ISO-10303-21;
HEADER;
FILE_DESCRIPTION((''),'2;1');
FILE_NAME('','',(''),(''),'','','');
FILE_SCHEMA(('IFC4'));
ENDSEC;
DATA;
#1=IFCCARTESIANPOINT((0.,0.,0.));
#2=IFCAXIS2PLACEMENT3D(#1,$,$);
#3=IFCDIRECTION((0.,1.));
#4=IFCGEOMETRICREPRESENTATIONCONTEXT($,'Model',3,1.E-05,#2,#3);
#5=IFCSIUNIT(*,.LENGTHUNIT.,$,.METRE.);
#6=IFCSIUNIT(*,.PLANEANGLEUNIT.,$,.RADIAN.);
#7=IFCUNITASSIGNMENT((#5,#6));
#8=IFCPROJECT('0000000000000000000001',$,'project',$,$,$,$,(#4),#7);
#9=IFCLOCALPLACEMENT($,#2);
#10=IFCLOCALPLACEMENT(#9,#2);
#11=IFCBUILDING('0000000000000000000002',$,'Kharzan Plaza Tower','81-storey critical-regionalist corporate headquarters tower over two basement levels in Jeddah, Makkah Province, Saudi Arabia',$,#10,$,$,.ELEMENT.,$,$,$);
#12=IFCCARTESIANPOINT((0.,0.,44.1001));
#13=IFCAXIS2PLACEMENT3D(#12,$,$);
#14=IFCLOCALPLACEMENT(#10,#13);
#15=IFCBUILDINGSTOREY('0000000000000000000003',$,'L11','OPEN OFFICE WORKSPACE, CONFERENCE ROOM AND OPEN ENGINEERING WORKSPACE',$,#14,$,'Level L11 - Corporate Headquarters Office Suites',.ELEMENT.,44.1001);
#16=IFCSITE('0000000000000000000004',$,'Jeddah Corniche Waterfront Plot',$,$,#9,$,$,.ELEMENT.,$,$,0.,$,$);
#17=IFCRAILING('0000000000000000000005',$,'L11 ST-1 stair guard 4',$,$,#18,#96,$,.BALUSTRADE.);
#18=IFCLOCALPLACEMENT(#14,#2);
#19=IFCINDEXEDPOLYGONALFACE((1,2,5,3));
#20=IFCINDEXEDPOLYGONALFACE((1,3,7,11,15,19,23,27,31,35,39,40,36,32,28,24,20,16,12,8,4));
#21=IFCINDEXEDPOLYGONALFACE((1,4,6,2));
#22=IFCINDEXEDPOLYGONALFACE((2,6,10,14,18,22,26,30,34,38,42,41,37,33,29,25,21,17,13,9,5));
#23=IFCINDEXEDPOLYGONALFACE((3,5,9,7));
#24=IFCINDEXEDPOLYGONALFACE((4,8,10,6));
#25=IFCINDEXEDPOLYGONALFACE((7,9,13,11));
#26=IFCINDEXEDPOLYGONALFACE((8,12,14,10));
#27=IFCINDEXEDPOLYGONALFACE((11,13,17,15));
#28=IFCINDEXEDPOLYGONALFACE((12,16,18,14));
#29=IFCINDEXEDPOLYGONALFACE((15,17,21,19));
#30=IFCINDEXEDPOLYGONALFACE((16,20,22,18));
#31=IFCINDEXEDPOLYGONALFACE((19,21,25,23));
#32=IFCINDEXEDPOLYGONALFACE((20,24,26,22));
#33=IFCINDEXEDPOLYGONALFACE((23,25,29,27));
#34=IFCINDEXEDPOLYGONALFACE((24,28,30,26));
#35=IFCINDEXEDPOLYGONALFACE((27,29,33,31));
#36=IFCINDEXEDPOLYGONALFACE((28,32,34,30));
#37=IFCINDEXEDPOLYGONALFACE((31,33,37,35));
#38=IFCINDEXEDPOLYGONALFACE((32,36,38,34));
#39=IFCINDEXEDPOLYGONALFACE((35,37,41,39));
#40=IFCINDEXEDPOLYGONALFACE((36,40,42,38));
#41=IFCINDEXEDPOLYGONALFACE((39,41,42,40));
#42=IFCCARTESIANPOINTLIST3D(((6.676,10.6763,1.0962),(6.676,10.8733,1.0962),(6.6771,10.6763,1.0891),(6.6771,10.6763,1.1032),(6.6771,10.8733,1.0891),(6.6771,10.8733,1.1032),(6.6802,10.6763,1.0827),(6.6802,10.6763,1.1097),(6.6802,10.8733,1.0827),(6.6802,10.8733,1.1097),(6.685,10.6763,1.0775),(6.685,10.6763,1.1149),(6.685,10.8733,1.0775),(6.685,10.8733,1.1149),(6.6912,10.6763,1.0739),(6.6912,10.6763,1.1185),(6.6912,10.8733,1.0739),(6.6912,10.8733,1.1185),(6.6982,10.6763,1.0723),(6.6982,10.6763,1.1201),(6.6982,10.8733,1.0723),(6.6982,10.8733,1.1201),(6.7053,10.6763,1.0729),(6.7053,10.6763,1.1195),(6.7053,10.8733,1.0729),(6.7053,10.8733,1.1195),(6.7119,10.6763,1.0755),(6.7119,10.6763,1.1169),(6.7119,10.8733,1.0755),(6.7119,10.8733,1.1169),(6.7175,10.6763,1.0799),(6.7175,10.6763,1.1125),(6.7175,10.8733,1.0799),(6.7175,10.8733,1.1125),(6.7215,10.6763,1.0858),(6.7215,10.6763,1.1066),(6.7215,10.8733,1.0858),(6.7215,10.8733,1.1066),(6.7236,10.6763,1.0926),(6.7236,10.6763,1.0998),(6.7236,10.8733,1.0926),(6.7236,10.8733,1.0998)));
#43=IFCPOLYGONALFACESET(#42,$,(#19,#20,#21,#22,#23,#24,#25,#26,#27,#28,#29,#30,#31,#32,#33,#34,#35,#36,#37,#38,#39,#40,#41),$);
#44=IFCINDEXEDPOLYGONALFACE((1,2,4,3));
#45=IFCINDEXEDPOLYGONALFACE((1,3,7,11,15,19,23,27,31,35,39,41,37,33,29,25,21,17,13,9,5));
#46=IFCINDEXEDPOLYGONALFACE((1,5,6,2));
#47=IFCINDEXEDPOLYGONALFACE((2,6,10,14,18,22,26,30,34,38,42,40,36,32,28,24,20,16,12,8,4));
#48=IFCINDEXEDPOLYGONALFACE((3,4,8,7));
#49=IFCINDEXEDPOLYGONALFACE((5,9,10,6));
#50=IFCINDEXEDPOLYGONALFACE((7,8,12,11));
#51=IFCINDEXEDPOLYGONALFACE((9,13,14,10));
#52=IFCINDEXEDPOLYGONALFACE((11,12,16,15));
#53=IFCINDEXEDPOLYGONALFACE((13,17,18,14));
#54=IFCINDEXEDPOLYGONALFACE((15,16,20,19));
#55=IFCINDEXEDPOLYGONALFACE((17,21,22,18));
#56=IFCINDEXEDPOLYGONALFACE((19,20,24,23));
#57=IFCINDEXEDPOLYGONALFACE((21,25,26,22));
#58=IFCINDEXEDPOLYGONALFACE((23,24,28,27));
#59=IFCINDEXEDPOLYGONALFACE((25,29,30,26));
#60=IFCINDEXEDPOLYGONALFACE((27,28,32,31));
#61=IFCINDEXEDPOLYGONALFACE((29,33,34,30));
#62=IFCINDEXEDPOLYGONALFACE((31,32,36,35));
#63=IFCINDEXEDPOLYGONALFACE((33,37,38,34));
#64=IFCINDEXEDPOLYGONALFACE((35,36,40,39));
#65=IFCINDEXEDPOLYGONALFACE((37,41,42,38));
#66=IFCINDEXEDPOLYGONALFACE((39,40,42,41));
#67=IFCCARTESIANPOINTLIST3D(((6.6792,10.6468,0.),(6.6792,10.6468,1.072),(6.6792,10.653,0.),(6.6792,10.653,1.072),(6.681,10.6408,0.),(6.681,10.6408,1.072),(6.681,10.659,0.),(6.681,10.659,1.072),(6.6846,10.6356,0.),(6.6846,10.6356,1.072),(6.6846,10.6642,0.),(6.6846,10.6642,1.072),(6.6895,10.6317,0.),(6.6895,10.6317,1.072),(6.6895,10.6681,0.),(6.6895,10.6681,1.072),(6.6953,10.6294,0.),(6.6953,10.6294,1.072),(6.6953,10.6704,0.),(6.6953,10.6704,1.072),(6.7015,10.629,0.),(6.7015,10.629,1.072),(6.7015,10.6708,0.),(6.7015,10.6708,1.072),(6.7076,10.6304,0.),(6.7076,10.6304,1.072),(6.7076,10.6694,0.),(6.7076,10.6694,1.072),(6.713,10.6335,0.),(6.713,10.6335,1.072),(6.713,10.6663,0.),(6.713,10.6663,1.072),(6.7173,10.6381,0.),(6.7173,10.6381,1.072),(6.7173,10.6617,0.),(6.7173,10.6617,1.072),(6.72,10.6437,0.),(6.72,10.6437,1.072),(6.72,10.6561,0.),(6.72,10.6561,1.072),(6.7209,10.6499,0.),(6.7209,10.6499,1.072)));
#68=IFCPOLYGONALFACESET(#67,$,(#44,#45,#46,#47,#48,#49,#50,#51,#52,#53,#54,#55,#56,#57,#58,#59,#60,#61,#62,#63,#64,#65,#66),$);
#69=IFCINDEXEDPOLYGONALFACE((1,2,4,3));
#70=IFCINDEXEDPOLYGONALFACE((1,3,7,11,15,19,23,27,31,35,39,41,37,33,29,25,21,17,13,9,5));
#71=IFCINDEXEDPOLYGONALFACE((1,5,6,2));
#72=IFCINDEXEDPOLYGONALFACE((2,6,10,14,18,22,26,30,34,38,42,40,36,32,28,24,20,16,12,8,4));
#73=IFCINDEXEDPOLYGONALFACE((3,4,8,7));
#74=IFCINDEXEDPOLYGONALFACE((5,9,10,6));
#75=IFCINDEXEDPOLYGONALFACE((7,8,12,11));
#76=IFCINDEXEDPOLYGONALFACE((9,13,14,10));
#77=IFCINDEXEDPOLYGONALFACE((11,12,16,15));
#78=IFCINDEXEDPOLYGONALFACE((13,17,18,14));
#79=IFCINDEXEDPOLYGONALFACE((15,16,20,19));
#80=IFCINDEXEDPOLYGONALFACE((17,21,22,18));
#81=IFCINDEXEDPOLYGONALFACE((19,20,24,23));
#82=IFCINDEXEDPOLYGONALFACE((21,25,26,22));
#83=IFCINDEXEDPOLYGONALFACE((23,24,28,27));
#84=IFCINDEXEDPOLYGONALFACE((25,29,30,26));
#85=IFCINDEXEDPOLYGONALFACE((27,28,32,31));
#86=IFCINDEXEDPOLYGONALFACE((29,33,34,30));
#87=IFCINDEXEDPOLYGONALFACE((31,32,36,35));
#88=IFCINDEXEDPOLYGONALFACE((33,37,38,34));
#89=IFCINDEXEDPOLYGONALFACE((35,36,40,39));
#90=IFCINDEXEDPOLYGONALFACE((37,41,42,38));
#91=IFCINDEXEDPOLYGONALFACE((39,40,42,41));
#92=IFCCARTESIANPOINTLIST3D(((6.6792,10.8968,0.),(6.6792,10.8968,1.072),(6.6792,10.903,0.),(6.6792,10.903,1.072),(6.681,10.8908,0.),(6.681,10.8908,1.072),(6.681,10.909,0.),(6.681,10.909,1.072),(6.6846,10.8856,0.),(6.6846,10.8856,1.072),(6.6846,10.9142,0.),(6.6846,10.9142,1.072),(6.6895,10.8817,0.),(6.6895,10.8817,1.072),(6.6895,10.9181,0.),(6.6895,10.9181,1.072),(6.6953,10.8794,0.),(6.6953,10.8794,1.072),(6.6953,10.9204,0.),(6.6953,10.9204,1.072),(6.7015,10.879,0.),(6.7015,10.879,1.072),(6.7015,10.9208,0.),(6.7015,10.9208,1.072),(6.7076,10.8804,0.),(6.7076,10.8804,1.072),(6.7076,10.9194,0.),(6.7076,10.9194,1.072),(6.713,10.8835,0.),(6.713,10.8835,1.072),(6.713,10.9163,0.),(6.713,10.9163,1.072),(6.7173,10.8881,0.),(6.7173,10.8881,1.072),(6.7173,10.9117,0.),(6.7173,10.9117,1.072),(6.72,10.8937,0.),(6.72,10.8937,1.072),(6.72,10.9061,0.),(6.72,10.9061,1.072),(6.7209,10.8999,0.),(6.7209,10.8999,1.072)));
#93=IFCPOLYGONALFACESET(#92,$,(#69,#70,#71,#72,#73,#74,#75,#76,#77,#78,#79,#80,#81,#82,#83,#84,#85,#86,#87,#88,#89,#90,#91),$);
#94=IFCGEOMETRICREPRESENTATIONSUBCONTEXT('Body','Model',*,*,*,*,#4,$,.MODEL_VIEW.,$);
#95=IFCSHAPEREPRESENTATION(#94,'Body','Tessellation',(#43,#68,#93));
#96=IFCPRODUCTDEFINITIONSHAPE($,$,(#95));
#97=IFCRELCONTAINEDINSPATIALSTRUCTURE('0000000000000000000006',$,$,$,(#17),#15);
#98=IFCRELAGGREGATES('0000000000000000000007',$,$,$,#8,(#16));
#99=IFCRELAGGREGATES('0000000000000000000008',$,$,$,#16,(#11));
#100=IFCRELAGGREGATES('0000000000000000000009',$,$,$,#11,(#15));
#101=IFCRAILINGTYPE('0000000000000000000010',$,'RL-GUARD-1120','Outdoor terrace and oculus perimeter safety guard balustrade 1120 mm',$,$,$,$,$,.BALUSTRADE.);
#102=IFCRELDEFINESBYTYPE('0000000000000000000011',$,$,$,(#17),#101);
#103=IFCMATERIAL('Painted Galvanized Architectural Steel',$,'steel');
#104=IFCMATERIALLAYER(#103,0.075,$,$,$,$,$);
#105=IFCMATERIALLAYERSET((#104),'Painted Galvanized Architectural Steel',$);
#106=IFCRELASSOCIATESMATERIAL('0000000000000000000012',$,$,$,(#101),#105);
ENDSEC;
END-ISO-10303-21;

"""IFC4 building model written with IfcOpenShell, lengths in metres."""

from ifc_helpers import new_model, si_unit, direction, frame, origin, origin_2d, place, context, subcontext, project, spatial, circle, extrude, source, transform, mapped, material, layer, layer_set, type_object, element, save


model = new_model("IFC4")

# Units and contexts
model_context = context("Model", 3, precision=1e-05, world=origin(), true_north=direction((0.0, 1.0)))
body_context = subcontext(model_context, "Body", "Model", "MODEL_VIEW")
ifc_project = project(units=[si_unit("LENGTHUNIT", "METRE"), si_unit("PLANEANGLEUNIT", "RADIAN")], contexts=[model_context])

# Site, building, storey
site_placement = place(None, origin())
site = spatial("IfcSite", under=ifc_project, at=site_placement, Name="Jeddah Corniche Waterfront Plot", CompositionType="ELEMENT", RefElevation=0.0)
building_placement = place(site_placement, origin())
building = spatial("IfcBuilding", under=site, at=building_placement, Name="Kharzan Plaza Tower", Description="81-storey critical-regionalist corporate headquarters tower over two basement levels in Jeddah, Makkah Province, Saudi Arabia", CompositionType="ELEMENT")
storey_placement = place(building_placement, frame((0.0, 0.0, 44.1001)))
storey = spatial("IfcBuildingStorey", under=building, at=storey_placement, Name="L11", Description="OPEN OFFICE WORKSPACE, CONFERENCE ROOM AND OPEN ENGINEERING WORKSPACE", LongName="Level L11 - Corporate Headquarters Office Suites", CompositionType="ELEMENT", Elevation=44.1001)

# Railing
ifc_material_1 = material(Name="Painted Galvanized Architectural Steel", Category="steel")
ifc_layer_1 = layer(ifc_material_1, 0.075)
ifc_layer_set_1 = layer_set([ifc_layer_1], Name="Painted Galvanized Architectural Steel")
railing_type = type_object("IfcRailingType", Name="RL-GUARD-1120", Description="Outdoor terrace and oculus perimeter safety guard balustrade 1120 mm", PredefinedType="BALUSTRADE", material=ifc_layer_set_1)
shared_shape_1 = source(origin(), body_context, "Body", "SweptSolid", [
    extrude(circle(Radius=0.0239, at=origin_2d()), frame((0.0, 0.0264, 1.0962), z_axis=(0.0, 1.0, 0.0), x_axis=(-1.0, 0.0, 0.0)), (0.0, 0.0, 1.0), 0.197),
    extrude(circle(Radius=0.021, at=origin_2d()), origin(), (0.0, 0.0, 1.0), 1.072),
    extrude(circle(Radius=0.021, at=origin_2d()), frame((0.0, 0.25, 0.0)), (0.0, 0.0, 1.0), 1.072),
])
railing_placement = place(storey_placement, frame((6.7, 10.6499, 0.0)))
element("IfcRailing", 1, at=railing_placement, inside=storey, type_object=railing_type, Name="L11 ST-1 stair guard 4", PredefinedType="BALUSTRADE", context=body_context, shape_type="MappedRepresentation", body=[
    mapped(shared_shape_1, transform((0.0, 0.0, 0.0), x_axis=(1.0, 0.0, 0.0), y_axis=(0.0, 1.0, 0.0), z_axis=(0.0, 0.0, 1.0))),
])

save(model, "model.ifc")
